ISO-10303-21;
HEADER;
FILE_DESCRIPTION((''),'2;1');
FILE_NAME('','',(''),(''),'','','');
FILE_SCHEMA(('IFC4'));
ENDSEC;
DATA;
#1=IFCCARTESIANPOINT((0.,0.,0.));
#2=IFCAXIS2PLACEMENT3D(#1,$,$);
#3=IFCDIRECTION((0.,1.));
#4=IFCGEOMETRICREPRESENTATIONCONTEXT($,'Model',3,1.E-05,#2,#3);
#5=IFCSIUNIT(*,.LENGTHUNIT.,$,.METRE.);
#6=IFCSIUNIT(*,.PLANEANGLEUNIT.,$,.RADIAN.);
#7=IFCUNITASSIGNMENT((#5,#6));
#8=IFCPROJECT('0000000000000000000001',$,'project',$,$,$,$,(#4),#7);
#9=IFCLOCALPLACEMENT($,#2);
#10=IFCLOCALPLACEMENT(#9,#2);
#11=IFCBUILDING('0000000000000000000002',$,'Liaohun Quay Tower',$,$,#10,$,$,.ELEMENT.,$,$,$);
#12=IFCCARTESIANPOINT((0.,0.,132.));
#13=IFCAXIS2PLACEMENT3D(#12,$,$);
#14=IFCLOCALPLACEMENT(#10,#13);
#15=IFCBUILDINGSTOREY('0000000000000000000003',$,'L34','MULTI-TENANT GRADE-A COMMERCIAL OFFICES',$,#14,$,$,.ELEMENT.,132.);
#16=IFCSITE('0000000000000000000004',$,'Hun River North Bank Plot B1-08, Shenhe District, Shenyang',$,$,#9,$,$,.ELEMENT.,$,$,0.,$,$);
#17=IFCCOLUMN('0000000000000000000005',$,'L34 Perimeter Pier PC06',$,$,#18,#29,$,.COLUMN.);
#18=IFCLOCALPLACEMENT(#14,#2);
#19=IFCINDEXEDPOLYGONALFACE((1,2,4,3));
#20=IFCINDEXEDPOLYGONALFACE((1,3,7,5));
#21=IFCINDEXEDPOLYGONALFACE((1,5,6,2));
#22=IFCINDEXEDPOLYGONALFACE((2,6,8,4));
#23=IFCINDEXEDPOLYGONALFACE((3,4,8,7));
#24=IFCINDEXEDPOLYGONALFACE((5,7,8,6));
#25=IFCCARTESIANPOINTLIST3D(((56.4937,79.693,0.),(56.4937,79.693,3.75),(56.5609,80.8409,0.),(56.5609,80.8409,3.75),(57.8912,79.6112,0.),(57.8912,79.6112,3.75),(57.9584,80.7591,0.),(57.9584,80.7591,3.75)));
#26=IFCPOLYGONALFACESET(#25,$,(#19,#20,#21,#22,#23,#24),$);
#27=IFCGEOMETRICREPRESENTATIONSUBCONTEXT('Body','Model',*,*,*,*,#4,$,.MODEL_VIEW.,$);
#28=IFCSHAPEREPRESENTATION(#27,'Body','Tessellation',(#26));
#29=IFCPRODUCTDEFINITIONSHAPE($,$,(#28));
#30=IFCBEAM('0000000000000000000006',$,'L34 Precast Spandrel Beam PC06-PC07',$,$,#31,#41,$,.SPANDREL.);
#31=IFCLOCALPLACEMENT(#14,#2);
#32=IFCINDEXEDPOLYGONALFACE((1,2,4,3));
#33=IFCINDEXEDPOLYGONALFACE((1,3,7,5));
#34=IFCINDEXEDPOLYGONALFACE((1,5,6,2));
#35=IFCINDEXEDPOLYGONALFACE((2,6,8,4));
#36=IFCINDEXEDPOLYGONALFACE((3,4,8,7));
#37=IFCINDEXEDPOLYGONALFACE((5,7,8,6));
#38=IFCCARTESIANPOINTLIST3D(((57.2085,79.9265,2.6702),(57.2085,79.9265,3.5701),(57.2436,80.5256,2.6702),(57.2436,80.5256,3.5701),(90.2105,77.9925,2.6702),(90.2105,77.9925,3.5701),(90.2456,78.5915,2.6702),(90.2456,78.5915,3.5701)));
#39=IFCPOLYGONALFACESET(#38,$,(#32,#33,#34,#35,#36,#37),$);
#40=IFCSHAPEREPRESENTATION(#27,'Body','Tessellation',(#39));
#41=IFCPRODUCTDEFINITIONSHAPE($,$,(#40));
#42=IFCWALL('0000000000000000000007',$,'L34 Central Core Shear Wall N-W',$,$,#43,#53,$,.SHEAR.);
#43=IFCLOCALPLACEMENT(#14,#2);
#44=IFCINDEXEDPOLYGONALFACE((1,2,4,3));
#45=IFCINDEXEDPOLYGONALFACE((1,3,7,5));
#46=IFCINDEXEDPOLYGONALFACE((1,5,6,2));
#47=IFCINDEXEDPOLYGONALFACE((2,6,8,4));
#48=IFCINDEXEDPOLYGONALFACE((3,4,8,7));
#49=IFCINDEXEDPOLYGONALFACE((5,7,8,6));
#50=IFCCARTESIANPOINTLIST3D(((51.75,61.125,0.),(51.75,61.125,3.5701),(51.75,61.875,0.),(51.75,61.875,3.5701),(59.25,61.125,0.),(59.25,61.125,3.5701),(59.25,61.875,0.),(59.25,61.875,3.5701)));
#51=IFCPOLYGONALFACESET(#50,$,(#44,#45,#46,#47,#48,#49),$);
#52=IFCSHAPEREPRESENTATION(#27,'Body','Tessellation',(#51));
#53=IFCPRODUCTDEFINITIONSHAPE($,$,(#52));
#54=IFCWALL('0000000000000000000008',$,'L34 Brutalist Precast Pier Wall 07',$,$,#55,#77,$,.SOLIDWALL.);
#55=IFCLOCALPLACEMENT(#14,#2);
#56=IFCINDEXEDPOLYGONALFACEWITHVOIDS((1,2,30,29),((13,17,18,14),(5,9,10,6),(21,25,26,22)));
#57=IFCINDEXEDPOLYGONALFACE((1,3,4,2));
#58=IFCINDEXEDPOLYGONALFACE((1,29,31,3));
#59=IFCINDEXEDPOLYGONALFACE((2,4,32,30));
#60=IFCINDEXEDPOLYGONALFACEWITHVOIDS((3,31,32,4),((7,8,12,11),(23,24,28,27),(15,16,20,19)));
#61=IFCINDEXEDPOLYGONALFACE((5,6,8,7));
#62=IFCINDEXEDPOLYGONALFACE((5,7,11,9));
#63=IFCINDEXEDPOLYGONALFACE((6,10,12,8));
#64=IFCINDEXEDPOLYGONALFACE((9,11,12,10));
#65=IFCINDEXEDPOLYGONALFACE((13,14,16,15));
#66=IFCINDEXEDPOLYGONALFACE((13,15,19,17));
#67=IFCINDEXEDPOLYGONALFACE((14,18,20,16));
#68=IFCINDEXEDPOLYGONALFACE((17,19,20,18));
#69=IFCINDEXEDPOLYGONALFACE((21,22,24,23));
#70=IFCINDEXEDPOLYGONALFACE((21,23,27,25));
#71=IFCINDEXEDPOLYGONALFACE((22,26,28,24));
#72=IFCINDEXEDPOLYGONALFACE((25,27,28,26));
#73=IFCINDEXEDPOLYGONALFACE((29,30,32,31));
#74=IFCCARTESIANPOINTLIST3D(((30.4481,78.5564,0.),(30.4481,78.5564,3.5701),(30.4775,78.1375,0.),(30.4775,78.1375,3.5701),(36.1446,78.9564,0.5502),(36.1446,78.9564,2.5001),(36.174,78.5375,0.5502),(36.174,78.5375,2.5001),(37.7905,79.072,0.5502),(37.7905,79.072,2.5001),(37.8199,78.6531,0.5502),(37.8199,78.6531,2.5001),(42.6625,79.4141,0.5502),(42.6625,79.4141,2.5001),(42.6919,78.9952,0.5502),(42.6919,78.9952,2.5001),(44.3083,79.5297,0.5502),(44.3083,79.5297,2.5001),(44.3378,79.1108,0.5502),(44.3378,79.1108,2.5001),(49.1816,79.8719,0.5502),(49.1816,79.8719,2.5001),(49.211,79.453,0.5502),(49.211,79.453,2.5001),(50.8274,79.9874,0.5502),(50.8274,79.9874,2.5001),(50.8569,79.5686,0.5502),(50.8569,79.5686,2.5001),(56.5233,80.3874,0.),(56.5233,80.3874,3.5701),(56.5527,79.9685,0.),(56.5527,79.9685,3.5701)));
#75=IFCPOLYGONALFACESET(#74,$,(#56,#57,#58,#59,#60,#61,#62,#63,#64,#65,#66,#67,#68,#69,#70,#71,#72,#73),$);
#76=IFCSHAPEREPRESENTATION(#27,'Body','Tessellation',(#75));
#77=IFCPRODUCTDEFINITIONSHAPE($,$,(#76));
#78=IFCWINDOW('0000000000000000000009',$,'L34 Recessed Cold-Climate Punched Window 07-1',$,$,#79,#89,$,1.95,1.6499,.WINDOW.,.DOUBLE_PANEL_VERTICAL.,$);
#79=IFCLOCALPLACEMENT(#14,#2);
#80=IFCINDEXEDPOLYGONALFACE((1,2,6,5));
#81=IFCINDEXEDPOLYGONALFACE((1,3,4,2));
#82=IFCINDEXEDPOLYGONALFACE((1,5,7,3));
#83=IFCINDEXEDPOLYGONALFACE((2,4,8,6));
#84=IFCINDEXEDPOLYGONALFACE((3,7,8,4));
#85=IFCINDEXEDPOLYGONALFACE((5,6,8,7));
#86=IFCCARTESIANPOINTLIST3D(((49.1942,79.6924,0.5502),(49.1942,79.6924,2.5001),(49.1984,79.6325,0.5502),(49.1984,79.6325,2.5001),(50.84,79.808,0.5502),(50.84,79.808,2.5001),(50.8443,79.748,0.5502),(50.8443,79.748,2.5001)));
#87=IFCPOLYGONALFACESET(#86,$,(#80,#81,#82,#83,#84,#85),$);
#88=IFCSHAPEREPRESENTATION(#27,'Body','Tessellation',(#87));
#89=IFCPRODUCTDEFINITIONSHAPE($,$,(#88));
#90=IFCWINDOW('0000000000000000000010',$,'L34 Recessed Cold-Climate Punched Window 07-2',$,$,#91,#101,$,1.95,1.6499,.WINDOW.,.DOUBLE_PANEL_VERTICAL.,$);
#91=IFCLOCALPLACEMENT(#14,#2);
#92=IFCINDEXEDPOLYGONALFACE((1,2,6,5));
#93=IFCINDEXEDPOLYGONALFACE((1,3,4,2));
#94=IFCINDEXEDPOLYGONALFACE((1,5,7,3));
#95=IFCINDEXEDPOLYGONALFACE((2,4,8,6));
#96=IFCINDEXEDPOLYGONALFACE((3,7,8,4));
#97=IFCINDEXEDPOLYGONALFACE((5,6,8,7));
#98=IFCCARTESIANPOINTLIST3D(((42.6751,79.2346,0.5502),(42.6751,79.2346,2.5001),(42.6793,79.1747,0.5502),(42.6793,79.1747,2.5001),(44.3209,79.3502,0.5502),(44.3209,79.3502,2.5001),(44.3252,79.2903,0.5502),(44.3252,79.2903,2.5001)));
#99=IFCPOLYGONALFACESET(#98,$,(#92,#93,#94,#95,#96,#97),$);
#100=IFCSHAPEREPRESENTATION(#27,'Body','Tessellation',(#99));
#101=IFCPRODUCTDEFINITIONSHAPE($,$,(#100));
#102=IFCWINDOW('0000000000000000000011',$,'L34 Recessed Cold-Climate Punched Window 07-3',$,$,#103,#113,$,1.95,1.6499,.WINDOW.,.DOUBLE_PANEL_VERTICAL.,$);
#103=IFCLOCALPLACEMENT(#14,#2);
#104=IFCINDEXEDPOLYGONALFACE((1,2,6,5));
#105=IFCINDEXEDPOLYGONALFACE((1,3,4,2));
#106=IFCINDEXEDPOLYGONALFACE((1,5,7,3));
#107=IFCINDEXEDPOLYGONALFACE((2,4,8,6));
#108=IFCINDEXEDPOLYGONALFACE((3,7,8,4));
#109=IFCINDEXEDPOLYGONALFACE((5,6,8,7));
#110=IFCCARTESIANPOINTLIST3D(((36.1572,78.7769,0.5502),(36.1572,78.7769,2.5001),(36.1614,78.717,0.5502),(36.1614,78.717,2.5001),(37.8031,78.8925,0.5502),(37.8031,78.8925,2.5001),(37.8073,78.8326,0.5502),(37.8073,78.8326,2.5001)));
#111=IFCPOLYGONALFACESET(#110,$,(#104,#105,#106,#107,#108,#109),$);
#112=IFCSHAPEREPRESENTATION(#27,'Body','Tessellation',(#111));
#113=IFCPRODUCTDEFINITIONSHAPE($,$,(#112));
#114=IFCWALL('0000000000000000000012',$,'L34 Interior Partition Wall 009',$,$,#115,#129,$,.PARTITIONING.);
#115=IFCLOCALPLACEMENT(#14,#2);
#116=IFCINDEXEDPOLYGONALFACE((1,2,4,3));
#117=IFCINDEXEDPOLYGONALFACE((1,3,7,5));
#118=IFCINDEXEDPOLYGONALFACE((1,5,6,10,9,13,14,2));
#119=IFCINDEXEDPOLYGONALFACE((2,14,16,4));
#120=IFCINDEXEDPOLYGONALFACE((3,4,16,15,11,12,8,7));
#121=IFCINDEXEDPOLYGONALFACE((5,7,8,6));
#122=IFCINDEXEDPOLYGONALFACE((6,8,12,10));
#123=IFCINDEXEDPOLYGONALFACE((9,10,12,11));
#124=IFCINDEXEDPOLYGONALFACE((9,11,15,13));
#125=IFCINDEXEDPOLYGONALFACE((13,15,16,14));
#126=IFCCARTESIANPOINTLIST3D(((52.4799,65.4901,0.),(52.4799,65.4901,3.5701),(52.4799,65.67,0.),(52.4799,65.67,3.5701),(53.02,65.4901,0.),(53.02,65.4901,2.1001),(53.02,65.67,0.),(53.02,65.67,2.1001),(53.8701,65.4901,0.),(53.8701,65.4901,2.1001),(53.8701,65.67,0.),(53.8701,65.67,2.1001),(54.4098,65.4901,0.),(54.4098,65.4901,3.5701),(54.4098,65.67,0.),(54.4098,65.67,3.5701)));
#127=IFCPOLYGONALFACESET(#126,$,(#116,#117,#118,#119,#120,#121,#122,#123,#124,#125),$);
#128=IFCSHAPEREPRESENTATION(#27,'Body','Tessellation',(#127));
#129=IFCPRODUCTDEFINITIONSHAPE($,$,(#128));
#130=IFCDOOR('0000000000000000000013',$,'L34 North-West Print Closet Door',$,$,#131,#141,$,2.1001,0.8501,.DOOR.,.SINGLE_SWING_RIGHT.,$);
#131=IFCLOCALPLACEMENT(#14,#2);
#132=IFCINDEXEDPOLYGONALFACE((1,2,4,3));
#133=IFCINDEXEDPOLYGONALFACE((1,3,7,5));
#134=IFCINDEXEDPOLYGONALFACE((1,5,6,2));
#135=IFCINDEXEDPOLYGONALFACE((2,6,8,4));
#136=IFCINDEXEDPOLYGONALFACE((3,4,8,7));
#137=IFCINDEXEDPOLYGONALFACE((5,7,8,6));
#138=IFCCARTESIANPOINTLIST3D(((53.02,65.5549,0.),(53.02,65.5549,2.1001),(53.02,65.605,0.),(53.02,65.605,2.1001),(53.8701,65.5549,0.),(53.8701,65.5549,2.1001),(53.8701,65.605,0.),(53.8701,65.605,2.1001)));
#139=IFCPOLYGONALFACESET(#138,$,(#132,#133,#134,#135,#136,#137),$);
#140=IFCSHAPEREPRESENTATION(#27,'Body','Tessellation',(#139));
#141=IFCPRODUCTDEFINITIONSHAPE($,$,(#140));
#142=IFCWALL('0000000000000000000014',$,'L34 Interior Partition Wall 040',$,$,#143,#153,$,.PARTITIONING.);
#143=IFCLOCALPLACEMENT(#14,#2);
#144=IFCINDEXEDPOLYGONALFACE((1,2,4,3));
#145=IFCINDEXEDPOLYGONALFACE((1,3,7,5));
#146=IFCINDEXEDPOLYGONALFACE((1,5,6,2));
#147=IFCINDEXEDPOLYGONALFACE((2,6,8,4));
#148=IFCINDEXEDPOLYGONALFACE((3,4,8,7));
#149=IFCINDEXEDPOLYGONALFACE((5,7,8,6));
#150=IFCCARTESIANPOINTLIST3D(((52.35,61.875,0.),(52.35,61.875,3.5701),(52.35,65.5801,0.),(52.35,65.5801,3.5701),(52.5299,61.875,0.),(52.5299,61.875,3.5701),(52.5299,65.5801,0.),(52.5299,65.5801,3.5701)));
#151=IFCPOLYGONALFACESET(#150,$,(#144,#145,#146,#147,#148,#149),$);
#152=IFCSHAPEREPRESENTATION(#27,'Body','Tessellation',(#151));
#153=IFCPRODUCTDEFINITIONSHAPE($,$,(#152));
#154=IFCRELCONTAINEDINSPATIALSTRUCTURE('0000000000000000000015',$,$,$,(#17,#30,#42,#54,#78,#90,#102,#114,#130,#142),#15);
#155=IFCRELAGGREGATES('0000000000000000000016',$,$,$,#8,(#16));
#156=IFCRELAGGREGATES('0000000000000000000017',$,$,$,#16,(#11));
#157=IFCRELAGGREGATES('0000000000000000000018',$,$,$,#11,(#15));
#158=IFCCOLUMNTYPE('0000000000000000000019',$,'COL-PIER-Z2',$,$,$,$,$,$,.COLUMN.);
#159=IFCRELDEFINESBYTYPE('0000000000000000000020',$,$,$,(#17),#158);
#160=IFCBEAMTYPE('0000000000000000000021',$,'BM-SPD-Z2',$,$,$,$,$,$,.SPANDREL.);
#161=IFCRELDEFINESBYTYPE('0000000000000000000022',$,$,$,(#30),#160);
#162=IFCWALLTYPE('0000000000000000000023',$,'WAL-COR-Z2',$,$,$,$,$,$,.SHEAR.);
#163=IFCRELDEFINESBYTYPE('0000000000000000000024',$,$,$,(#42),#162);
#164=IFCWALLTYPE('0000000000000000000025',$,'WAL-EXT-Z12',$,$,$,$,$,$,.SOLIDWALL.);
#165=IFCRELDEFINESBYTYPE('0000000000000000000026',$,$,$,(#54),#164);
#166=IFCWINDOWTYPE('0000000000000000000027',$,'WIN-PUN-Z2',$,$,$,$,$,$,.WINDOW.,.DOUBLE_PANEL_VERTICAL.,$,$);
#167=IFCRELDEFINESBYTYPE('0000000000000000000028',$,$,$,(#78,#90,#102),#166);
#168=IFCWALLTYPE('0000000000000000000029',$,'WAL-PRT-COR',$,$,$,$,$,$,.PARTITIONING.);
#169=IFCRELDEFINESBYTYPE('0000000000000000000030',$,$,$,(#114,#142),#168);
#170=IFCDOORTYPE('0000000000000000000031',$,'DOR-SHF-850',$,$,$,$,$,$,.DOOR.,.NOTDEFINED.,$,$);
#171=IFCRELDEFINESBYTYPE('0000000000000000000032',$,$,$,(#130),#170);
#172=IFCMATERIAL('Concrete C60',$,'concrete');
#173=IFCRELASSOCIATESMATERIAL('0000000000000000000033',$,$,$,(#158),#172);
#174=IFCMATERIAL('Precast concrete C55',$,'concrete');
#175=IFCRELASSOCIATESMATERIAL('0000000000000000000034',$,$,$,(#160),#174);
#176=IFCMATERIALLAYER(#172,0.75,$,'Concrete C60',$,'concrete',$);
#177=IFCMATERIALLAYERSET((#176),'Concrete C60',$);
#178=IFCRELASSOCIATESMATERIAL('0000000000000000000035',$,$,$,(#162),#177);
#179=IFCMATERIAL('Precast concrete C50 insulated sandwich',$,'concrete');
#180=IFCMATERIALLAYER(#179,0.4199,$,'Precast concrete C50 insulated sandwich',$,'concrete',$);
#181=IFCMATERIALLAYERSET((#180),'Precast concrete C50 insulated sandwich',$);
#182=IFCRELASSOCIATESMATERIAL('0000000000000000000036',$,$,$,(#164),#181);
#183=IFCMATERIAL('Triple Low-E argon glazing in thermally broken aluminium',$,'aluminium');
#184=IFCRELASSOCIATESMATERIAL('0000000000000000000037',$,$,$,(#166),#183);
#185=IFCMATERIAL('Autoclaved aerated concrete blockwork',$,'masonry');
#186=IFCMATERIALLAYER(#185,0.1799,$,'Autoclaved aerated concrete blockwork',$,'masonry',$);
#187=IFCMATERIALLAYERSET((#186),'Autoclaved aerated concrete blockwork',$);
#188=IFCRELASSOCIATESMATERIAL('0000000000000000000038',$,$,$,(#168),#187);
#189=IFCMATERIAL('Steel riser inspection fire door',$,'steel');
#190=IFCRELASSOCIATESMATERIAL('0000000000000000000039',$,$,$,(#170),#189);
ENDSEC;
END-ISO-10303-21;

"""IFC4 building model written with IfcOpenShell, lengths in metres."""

from ifc_helpers import new_model, si_unit, direction, frame, frame_2d, origin, origin_2d, place, context, subcontext, project, spatial, rectangle, extrude, source, transform, mapped, material, layer, layer_set, material_profile, profile_set, type_object, element, fill, save


model = new_model("IFC4")

# Units and contexts
model_context = context("Model", 3, precision=1e-05, world=origin(), true_north=direction((0.0, 1.0)))
body_context = subcontext(model_context, "Body", "Model", "MODEL_VIEW")
ifc_project = project(units=[si_unit("LENGTHUNIT", "METRE"), si_unit("PLANEANGLEUNIT", "RADIAN")], contexts=[model_context])

# Site, building, storey
site_placement = place(None, origin())
site = spatial("IfcSite", under=ifc_project, at=site_placement, Name="Hun River North Bank Plot B1-08, Shenhe District, Shenyang", CompositionType="ELEMENT", RefElevation=0.0)
building_placement = place(site_placement, origin())
building = spatial("IfcBuilding", under=site, at=building_placement, Name="Liaohun Quay Tower", CompositionType="ELEMENT")
storey_placement = place(building_placement, frame((0.0, 0.0, 132.0)))
storey = spatial("IfcBuildingStorey", under=building, at=storey_placement, Name="L34", Description="MULTI-TENANT GRADE-A COMMERCIAL OFFICES", CompositionType="ELEMENT", Elevation=132.0)

# Column
ifc_material_1 = material(Name="Concrete C60", Category="concrete")
ifc_material_profile_1 = material_profile(ifc_material_1, rectangle(XDim=1.3999, YDim=1.1499, at=origin_2d()), Name="RC1400x1150")
ifc_profile_set_1 = profile_set([ifc_material_profile_1], Name="Concrete C60")
column_type = type_object("IfcColumnType", Name="COL-PIER-Z2", PredefinedType="COLUMN", material=ifc_profile_set_1)
shared_shape_1 = source(origin(), body_context, "Body", "SweptSolid", [
    extrude(rectangle(XDim=1.3999, YDim=1.1499, at=origin_2d()), origin(), (0.0, 0.0, 1.0), 3.75),
])
column_placement = place(storey_placement, frame((57.2261, 80.2261, 0.0), z_axis=(0.0, 0.0, 1.0), x_axis=(-0.998291, 0.058435, 0.0)))
element("IfcColumn", 1, at=column_placement, inside=storey, type_object=column_type, Name="L34 Perimeter Pier PC06", PredefinedType="COLUMN", context=body_context, shape_type="MappedRepresentation", body=[
    mapped(shared_shape_1, transform((0.0, 0.0, 0.0), x_axis=(1.0, 0.0, 0.0), y_axis=(0.0, 1.0, 0.0), z_axis=(0.0, 0.0, 1.0), scale=1.0)),
])

# Beam
ifc_material_2 = material(Name="Precast concrete C55", Category="concrete")
ifc_material_profile_2 = material_profile(ifc_material_2, rectangle(XDim=0.6001, YDim=0.8999, at=origin_2d()), Name="RC600x900")
ifc_profile_set_2 = profile_set([ifc_material_profile_2], Name="Precast concrete C55")
beam_type = type_object("IfcBeamType", Name="BM-SPD-Z2", PredefinedType="SPANDREL", material=ifc_profile_set_2)
shared_shape_2 = source(origin(), body_context, "Body", "SweptSolid", [
    extrude(rectangle(XDim=0.6001, YDim=0.8999, at=origin_2d()), origin(), (0.0, 0.0, 1.0), 33.0586),
])
beam_placement = place(storey_placement, frame((57.2261, 80.2261, 3.1201), z_axis=(0.998287, -0.058505, 0.0), x_axis=(0.058505, 0.998287, 0.0)))
element("IfcBeam", 2, at=beam_placement, inside=storey, type_object=beam_type, Name="L34 Precast Spandrel Beam PC06-PC07", PredefinedType="SPANDREL", context=body_context, shape_type="MappedRepresentation", body=[
    mapped(shared_shape_2, transform((0.0, 0.0, 0.0), x_axis=(1.0, 0.0, 0.0), y_axis=(0.0, 1.0, 0.0), z_axis=(0.0, 0.0, 1.0), scale=1.0)),
])

# Wall
ifc_layer_1 = layer(ifc_material_1, 0.75, Name="Concrete C60", Category="concrete")
ifc_layer_set_1 = layer_set([ifc_layer_1], Name="Concrete C60")
wall_type_1 = type_object("IfcWallType", Name="WAL-COR-Z2", PredefinedType="SHEAR", material=ifc_layer_set_1)
wall_1_placement = place(storey_placement, frame((51.75, 61.5, 0.0), z_axis=(0.0, 0.0, 1.0), x_axis=(1.0, 0.0, 0.0)))
element("IfcWall", 3, at=wall_1_placement, inside=storey, type_object=wall_type_1, Name="L34 Central Core Shear Wall N-W", PredefinedType="SHEAR", context=body_context, shape_type="SweptSolid", body=[
    extrude(rectangle(XDim=7.5, YDim=0.75, at=frame_2d((3.75, 0.0))), origin(), (0.0, 0.0, 1.0), 3.5701),
])

# Wall, openings, windows
ifc_material_3 = material(Name="Precast concrete C50 insulated sandwich", Category="concrete")
ifc_layer_2 = layer(ifc_material_3, 0.4199, Name="Precast concrete C50 insulated sandwich", Category="concrete")
ifc_layer_set_2 = layer_set([ifc_layer_2], Name="Precast concrete C50 insulated sandwich")
wall_type_2 = type_object("IfcWallType", Name="WAL-EXT-Z12", PredefinedType="SOLIDWALL", material=ifc_layer_set_2)
wall_2_placement = place(storey_placement, frame((56.5381, 80.178, 0.0), z_axis=(0.0, 0.0, 1.0), x_axis=(-0.997544, -0.07005, 0.0)))
wall_2 = element("IfcWall", 4, at=wall_2_placement, inside=storey, type_object=wall_type_2, Name="L34 Brutalist Precast Pier Wall 07", PredefinedType="SOLIDWALL", context=body_context, shape_type="SweptSolid", body=[
    extrude(rectangle(XDim=26.1394, YDim=0.4199, at=frame_2d((13.0698, 0.0))), origin(), (0.0, 0.0, 1.0), 3.5701),
])
shared_shape_3 = source(origin(), body_context, "Body", "SweptSolid", [
    extrude(rectangle(XDim=1.6499, YDim=1.95, at=frame_2d((0.825, 0.9751))), frame((0.0, 0.22, 0.0), z_axis=(0.0, -1.0, 0.0), x_axis=(1.0, 0.0, 0.0)), (0.0, 0.0, 1.0), 0.4399),
])
opening_1_placement = place(wall_2_placement, frame((5.71, 0.0, 0.55)))
opening_1 = element("IfcOpeningElement", 5, at=opening_1_placement, cuts=wall_2, PredefinedType="OPENING", context=body_context, shape_type="MappedRepresentation", body=[
    mapped(shared_shape_3, transform((0.0, 0.0, 0.0), x_axis=(1.0, 0.0, 0.0), y_axis=(0.0, 1.0, 0.0), z_axis=(0.0, 0.0, 1.0), scale=1.0)),
])
opening_2_placement = place(wall_2_placement, frame((12.2451, 0.0, 0.55)))
opening_2 = element("IfcOpeningElement", 6, at=opening_2_placement, cuts=wall_2, PredefinedType="OPENING", context=body_context, shape_type="MappedRepresentation", body=[
    mapped(shared_shape_3, transform((0.0, 0.0, 0.0), x_axis=(1.0, 0.0, 0.0), y_axis=(0.0, 1.0, 0.0), z_axis=(0.0, 0.0, 1.0), scale=1.0)),
])
opening_3_placement = place(wall_2_placement, frame((18.7791, 0.0, 0.55)))
opening_3 = element("IfcOpeningElement", 7, at=opening_3_placement, cuts=wall_2, PredefinedType="OPENING", context=body_context, shape_type="MappedRepresentation", body=[
    mapped(shared_shape_3, transform((0.0, 0.0, 0.0), x_axis=(1.0, 0.0, 0.0), y_axis=(0.0, 1.0, 0.0), z_axis=(0.0, 0.0, 1.0), scale=1.0)),
])
ifc_material_4 = material(Name="Triple Low-E argon glazing in thermally broken aluminium", Category="aluminium")
window_type = type_object("IfcWindowType", Name="WIN-PUN-Z2", PartitioningType="DOUBLE_PANEL_VERTICAL", PredefinedType="WINDOW", material=ifc_material_4)
shared_shape_4 = source(origin(), body_context, "Body", "SweptSolid", [
    extrude(rectangle(XDim=1.6499, YDim=1.95, at=frame_2d((0.825, 0.9751))), frame((0.0, 0.03, 0.0), z_axis=(0.0, -1.0, 0.0), x_axis=(1.0, 0.0, 0.0)), (0.0, 0.0, 1.0), 0.0601),
])
window_1_placement = place(opening_1_placement, origin())
window_1 = element("IfcWindow", 8, at=window_1_placement, inside=storey, type_object=window_type, Name="L34 Recessed Cold-Climate Punched Window 07-1", OverallHeight=1.95, OverallWidth=1.6499, PartitioningType="DOUBLE_PANEL_VERTICAL", PredefinedType="WINDOW", context=body_context, shape_type="MappedRepresentation", body=[
    mapped(shared_shape_4, transform((0.0, 0.0, 0.0), x_axis=(1.0, 0.0, 0.0), y_axis=(0.0, 1.0, 0.0), z_axis=(0.0, 0.0, 1.0), scale=1.0)),
])
fill(opening_1, window_1)
window_2_placement = place(opening_2_placement, origin())
window_2 = element("IfcWindow", 9, at=window_2_placement, inside=storey, type_object=window_type, Name="L34 Recessed Cold-Climate Punched Window 07-2", OverallHeight=1.95, OverallWidth=1.6499, PartitioningType="DOUBLE_PANEL_VERTICAL", PredefinedType="WINDOW", context=body_context, shape_type="MappedRepresentation", body=[
    mapped(shared_shape_4, transform((0.0, 0.0, 0.0), x_axis=(1.0, 0.0, 0.0), y_axis=(0.0, 1.0, 0.0), z_axis=(0.0, 0.0, 1.0), scale=1.0)),
])
fill(opening_2, window_2)
window_3_placement = place(opening_3_placement, origin())
window_3 = element("IfcWindow", 10, at=window_3_placement, inside=storey, type_object=window_type, Name="L34 Recessed Cold-Climate Punched Window 07-3", OverallHeight=1.95, OverallWidth=1.6499, PartitioningType="DOUBLE_PANEL_VERTICAL", PredefinedType="WINDOW", context=body_context, shape_type="MappedRepresentation", body=[
    mapped(shared_shape_4, transform((0.0, 0.0, 0.0), x_axis=(1.0, 0.0, 0.0), y_axis=(0.0, 1.0, 0.0), z_axis=(0.0, 0.0, 1.0), scale=1.0)),
])
fill(opening_3, window_3)

# Wall, opening, door
ifc_material_5 = material(Name="Autoclaved aerated concrete blockwork", Category="masonry")
ifc_layer_3 = layer(ifc_material_5, 0.1799, Name="Autoclaved aerated concrete blockwork", Category="masonry")
ifc_layer_set_3 = layer_set([ifc_layer_3], Name="Autoclaved aerated concrete blockwork")
wall_type_3 = type_object("IfcWallType", Name="WAL-PRT-COR", PredefinedType="PARTITIONING", material=ifc_layer_set_3)
wall_3_placement = place(storey_placement, frame((52.48, 65.5801, 0.0), z_axis=(0.0, 0.0, 1.0), x_axis=(1.0, 0.0, 0.0)))
wall_3 = element("IfcWall", 11, at=wall_3_placement, inside=storey, type_object=wall_type_3, Name="L34 Interior Partition Wall 009", PredefinedType="PARTITIONING", context=body_context, shape_type="SweptSolid", body=[
    extrude(rectangle(XDim=1.9299, YDim=0.1799, at=frame_2d((0.9648, 0.0))), origin(), (0.0, 0.0, 1.0), 3.5701),
])
shared_shape_5 = source(origin(), body_context, "Body", "SweptSolid", [
    extrude(rectangle(XDim=0.8501, YDim=2.1001, at=frame_2d((0.425, 1.05))), frame((0.0, 0.0999, 0.0), z_axis=(0.0, -1.0, 0.0), x_axis=(1.0, 0.0, 0.0)), (0.0, 0.0, 1.0), 0.2),
])
opening_4_placement = place(wall_3_placement, frame((0.54, 0.0, 0.0)))
opening_4 = element("IfcOpeningElement", 12, at=opening_4_placement, cuts=wall_3, PredefinedType="OPENING", context=body_context, shape_type="MappedRepresentation", body=[
    mapped(shared_shape_5, transform((0.0, 0.0, 0.0), x_axis=(1.0, 0.0, 0.0), y_axis=(0.0, 1.0, 0.0), z_axis=(0.0, 0.0, 1.0), scale=1.0)),
])
ifc_material_6 = material(Name="Steel riser inspection fire door", Category="steel")
door_type_1 = type_object("IfcDoorType", Name="DOR-SHF-850", OperationType="NOTDEFINED", PredefinedType="DOOR", material=ifc_material_6)
shared_shape_6 = source(origin(), body_context, "Body", "SweptSolid", [
    extrude(rectangle(XDim=0.8501, YDim=2.1001, at=frame_2d((0.425, 1.05))), frame((0.0, 0.0249, 0.0), z_axis=(0.0, -1.0, 0.0), x_axis=(1.0, 0.0, 0.0)), (0.0, 0.0, 1.0), 0.05),
])
door_1_placement = place(opening_4_placement, origin())
door_1 = element("IfcDoor", 13, at=door_1_placement, inside=storey, type_object=door_type_1, Name="L34 North-West Print Closet Door", OperationType="SINGLE_SWING_RIGHT", OverallHeight=2.1001, OverallWidth=0.8501, PredefinedType="DOOR", context=body_context, shape_type="MappedRepresentation", body=[
    mapped(shared_shape_6, transform((0.0, 0.0, 0.0), x_axis=(1.0, 0.0, 0.0), y_axis=(0.0, 1.0, 0.0), z_axis=(0.0, 0.0, 1.0), scale=1.0)),
])
fill(opening_4, door_1)

# Wall
wall_4_placement = place(storey_placement, frame((52.4399, 61.875, 0.0), z_axis=(0.0, 0.0, 1.0), x_axis=(0.0, 1.0, 0.0)))
element("IfcWall", 14, at=wall_4_placement, inside=storey, type_object=wall_type_3, Name="L34 Interior Partition Wall 040", PredefinedType="PARTITIONING", context=body_context, shape_type="SweptSolid", body=[
    extrude(rectangle(XDim=3.7051, YDim=0.1799, at=frame_2d((1.8525, 0.0))), origin(), (0.0, 0.0, 1.0), 3.5701),
])

save(model, "model.ifc")
